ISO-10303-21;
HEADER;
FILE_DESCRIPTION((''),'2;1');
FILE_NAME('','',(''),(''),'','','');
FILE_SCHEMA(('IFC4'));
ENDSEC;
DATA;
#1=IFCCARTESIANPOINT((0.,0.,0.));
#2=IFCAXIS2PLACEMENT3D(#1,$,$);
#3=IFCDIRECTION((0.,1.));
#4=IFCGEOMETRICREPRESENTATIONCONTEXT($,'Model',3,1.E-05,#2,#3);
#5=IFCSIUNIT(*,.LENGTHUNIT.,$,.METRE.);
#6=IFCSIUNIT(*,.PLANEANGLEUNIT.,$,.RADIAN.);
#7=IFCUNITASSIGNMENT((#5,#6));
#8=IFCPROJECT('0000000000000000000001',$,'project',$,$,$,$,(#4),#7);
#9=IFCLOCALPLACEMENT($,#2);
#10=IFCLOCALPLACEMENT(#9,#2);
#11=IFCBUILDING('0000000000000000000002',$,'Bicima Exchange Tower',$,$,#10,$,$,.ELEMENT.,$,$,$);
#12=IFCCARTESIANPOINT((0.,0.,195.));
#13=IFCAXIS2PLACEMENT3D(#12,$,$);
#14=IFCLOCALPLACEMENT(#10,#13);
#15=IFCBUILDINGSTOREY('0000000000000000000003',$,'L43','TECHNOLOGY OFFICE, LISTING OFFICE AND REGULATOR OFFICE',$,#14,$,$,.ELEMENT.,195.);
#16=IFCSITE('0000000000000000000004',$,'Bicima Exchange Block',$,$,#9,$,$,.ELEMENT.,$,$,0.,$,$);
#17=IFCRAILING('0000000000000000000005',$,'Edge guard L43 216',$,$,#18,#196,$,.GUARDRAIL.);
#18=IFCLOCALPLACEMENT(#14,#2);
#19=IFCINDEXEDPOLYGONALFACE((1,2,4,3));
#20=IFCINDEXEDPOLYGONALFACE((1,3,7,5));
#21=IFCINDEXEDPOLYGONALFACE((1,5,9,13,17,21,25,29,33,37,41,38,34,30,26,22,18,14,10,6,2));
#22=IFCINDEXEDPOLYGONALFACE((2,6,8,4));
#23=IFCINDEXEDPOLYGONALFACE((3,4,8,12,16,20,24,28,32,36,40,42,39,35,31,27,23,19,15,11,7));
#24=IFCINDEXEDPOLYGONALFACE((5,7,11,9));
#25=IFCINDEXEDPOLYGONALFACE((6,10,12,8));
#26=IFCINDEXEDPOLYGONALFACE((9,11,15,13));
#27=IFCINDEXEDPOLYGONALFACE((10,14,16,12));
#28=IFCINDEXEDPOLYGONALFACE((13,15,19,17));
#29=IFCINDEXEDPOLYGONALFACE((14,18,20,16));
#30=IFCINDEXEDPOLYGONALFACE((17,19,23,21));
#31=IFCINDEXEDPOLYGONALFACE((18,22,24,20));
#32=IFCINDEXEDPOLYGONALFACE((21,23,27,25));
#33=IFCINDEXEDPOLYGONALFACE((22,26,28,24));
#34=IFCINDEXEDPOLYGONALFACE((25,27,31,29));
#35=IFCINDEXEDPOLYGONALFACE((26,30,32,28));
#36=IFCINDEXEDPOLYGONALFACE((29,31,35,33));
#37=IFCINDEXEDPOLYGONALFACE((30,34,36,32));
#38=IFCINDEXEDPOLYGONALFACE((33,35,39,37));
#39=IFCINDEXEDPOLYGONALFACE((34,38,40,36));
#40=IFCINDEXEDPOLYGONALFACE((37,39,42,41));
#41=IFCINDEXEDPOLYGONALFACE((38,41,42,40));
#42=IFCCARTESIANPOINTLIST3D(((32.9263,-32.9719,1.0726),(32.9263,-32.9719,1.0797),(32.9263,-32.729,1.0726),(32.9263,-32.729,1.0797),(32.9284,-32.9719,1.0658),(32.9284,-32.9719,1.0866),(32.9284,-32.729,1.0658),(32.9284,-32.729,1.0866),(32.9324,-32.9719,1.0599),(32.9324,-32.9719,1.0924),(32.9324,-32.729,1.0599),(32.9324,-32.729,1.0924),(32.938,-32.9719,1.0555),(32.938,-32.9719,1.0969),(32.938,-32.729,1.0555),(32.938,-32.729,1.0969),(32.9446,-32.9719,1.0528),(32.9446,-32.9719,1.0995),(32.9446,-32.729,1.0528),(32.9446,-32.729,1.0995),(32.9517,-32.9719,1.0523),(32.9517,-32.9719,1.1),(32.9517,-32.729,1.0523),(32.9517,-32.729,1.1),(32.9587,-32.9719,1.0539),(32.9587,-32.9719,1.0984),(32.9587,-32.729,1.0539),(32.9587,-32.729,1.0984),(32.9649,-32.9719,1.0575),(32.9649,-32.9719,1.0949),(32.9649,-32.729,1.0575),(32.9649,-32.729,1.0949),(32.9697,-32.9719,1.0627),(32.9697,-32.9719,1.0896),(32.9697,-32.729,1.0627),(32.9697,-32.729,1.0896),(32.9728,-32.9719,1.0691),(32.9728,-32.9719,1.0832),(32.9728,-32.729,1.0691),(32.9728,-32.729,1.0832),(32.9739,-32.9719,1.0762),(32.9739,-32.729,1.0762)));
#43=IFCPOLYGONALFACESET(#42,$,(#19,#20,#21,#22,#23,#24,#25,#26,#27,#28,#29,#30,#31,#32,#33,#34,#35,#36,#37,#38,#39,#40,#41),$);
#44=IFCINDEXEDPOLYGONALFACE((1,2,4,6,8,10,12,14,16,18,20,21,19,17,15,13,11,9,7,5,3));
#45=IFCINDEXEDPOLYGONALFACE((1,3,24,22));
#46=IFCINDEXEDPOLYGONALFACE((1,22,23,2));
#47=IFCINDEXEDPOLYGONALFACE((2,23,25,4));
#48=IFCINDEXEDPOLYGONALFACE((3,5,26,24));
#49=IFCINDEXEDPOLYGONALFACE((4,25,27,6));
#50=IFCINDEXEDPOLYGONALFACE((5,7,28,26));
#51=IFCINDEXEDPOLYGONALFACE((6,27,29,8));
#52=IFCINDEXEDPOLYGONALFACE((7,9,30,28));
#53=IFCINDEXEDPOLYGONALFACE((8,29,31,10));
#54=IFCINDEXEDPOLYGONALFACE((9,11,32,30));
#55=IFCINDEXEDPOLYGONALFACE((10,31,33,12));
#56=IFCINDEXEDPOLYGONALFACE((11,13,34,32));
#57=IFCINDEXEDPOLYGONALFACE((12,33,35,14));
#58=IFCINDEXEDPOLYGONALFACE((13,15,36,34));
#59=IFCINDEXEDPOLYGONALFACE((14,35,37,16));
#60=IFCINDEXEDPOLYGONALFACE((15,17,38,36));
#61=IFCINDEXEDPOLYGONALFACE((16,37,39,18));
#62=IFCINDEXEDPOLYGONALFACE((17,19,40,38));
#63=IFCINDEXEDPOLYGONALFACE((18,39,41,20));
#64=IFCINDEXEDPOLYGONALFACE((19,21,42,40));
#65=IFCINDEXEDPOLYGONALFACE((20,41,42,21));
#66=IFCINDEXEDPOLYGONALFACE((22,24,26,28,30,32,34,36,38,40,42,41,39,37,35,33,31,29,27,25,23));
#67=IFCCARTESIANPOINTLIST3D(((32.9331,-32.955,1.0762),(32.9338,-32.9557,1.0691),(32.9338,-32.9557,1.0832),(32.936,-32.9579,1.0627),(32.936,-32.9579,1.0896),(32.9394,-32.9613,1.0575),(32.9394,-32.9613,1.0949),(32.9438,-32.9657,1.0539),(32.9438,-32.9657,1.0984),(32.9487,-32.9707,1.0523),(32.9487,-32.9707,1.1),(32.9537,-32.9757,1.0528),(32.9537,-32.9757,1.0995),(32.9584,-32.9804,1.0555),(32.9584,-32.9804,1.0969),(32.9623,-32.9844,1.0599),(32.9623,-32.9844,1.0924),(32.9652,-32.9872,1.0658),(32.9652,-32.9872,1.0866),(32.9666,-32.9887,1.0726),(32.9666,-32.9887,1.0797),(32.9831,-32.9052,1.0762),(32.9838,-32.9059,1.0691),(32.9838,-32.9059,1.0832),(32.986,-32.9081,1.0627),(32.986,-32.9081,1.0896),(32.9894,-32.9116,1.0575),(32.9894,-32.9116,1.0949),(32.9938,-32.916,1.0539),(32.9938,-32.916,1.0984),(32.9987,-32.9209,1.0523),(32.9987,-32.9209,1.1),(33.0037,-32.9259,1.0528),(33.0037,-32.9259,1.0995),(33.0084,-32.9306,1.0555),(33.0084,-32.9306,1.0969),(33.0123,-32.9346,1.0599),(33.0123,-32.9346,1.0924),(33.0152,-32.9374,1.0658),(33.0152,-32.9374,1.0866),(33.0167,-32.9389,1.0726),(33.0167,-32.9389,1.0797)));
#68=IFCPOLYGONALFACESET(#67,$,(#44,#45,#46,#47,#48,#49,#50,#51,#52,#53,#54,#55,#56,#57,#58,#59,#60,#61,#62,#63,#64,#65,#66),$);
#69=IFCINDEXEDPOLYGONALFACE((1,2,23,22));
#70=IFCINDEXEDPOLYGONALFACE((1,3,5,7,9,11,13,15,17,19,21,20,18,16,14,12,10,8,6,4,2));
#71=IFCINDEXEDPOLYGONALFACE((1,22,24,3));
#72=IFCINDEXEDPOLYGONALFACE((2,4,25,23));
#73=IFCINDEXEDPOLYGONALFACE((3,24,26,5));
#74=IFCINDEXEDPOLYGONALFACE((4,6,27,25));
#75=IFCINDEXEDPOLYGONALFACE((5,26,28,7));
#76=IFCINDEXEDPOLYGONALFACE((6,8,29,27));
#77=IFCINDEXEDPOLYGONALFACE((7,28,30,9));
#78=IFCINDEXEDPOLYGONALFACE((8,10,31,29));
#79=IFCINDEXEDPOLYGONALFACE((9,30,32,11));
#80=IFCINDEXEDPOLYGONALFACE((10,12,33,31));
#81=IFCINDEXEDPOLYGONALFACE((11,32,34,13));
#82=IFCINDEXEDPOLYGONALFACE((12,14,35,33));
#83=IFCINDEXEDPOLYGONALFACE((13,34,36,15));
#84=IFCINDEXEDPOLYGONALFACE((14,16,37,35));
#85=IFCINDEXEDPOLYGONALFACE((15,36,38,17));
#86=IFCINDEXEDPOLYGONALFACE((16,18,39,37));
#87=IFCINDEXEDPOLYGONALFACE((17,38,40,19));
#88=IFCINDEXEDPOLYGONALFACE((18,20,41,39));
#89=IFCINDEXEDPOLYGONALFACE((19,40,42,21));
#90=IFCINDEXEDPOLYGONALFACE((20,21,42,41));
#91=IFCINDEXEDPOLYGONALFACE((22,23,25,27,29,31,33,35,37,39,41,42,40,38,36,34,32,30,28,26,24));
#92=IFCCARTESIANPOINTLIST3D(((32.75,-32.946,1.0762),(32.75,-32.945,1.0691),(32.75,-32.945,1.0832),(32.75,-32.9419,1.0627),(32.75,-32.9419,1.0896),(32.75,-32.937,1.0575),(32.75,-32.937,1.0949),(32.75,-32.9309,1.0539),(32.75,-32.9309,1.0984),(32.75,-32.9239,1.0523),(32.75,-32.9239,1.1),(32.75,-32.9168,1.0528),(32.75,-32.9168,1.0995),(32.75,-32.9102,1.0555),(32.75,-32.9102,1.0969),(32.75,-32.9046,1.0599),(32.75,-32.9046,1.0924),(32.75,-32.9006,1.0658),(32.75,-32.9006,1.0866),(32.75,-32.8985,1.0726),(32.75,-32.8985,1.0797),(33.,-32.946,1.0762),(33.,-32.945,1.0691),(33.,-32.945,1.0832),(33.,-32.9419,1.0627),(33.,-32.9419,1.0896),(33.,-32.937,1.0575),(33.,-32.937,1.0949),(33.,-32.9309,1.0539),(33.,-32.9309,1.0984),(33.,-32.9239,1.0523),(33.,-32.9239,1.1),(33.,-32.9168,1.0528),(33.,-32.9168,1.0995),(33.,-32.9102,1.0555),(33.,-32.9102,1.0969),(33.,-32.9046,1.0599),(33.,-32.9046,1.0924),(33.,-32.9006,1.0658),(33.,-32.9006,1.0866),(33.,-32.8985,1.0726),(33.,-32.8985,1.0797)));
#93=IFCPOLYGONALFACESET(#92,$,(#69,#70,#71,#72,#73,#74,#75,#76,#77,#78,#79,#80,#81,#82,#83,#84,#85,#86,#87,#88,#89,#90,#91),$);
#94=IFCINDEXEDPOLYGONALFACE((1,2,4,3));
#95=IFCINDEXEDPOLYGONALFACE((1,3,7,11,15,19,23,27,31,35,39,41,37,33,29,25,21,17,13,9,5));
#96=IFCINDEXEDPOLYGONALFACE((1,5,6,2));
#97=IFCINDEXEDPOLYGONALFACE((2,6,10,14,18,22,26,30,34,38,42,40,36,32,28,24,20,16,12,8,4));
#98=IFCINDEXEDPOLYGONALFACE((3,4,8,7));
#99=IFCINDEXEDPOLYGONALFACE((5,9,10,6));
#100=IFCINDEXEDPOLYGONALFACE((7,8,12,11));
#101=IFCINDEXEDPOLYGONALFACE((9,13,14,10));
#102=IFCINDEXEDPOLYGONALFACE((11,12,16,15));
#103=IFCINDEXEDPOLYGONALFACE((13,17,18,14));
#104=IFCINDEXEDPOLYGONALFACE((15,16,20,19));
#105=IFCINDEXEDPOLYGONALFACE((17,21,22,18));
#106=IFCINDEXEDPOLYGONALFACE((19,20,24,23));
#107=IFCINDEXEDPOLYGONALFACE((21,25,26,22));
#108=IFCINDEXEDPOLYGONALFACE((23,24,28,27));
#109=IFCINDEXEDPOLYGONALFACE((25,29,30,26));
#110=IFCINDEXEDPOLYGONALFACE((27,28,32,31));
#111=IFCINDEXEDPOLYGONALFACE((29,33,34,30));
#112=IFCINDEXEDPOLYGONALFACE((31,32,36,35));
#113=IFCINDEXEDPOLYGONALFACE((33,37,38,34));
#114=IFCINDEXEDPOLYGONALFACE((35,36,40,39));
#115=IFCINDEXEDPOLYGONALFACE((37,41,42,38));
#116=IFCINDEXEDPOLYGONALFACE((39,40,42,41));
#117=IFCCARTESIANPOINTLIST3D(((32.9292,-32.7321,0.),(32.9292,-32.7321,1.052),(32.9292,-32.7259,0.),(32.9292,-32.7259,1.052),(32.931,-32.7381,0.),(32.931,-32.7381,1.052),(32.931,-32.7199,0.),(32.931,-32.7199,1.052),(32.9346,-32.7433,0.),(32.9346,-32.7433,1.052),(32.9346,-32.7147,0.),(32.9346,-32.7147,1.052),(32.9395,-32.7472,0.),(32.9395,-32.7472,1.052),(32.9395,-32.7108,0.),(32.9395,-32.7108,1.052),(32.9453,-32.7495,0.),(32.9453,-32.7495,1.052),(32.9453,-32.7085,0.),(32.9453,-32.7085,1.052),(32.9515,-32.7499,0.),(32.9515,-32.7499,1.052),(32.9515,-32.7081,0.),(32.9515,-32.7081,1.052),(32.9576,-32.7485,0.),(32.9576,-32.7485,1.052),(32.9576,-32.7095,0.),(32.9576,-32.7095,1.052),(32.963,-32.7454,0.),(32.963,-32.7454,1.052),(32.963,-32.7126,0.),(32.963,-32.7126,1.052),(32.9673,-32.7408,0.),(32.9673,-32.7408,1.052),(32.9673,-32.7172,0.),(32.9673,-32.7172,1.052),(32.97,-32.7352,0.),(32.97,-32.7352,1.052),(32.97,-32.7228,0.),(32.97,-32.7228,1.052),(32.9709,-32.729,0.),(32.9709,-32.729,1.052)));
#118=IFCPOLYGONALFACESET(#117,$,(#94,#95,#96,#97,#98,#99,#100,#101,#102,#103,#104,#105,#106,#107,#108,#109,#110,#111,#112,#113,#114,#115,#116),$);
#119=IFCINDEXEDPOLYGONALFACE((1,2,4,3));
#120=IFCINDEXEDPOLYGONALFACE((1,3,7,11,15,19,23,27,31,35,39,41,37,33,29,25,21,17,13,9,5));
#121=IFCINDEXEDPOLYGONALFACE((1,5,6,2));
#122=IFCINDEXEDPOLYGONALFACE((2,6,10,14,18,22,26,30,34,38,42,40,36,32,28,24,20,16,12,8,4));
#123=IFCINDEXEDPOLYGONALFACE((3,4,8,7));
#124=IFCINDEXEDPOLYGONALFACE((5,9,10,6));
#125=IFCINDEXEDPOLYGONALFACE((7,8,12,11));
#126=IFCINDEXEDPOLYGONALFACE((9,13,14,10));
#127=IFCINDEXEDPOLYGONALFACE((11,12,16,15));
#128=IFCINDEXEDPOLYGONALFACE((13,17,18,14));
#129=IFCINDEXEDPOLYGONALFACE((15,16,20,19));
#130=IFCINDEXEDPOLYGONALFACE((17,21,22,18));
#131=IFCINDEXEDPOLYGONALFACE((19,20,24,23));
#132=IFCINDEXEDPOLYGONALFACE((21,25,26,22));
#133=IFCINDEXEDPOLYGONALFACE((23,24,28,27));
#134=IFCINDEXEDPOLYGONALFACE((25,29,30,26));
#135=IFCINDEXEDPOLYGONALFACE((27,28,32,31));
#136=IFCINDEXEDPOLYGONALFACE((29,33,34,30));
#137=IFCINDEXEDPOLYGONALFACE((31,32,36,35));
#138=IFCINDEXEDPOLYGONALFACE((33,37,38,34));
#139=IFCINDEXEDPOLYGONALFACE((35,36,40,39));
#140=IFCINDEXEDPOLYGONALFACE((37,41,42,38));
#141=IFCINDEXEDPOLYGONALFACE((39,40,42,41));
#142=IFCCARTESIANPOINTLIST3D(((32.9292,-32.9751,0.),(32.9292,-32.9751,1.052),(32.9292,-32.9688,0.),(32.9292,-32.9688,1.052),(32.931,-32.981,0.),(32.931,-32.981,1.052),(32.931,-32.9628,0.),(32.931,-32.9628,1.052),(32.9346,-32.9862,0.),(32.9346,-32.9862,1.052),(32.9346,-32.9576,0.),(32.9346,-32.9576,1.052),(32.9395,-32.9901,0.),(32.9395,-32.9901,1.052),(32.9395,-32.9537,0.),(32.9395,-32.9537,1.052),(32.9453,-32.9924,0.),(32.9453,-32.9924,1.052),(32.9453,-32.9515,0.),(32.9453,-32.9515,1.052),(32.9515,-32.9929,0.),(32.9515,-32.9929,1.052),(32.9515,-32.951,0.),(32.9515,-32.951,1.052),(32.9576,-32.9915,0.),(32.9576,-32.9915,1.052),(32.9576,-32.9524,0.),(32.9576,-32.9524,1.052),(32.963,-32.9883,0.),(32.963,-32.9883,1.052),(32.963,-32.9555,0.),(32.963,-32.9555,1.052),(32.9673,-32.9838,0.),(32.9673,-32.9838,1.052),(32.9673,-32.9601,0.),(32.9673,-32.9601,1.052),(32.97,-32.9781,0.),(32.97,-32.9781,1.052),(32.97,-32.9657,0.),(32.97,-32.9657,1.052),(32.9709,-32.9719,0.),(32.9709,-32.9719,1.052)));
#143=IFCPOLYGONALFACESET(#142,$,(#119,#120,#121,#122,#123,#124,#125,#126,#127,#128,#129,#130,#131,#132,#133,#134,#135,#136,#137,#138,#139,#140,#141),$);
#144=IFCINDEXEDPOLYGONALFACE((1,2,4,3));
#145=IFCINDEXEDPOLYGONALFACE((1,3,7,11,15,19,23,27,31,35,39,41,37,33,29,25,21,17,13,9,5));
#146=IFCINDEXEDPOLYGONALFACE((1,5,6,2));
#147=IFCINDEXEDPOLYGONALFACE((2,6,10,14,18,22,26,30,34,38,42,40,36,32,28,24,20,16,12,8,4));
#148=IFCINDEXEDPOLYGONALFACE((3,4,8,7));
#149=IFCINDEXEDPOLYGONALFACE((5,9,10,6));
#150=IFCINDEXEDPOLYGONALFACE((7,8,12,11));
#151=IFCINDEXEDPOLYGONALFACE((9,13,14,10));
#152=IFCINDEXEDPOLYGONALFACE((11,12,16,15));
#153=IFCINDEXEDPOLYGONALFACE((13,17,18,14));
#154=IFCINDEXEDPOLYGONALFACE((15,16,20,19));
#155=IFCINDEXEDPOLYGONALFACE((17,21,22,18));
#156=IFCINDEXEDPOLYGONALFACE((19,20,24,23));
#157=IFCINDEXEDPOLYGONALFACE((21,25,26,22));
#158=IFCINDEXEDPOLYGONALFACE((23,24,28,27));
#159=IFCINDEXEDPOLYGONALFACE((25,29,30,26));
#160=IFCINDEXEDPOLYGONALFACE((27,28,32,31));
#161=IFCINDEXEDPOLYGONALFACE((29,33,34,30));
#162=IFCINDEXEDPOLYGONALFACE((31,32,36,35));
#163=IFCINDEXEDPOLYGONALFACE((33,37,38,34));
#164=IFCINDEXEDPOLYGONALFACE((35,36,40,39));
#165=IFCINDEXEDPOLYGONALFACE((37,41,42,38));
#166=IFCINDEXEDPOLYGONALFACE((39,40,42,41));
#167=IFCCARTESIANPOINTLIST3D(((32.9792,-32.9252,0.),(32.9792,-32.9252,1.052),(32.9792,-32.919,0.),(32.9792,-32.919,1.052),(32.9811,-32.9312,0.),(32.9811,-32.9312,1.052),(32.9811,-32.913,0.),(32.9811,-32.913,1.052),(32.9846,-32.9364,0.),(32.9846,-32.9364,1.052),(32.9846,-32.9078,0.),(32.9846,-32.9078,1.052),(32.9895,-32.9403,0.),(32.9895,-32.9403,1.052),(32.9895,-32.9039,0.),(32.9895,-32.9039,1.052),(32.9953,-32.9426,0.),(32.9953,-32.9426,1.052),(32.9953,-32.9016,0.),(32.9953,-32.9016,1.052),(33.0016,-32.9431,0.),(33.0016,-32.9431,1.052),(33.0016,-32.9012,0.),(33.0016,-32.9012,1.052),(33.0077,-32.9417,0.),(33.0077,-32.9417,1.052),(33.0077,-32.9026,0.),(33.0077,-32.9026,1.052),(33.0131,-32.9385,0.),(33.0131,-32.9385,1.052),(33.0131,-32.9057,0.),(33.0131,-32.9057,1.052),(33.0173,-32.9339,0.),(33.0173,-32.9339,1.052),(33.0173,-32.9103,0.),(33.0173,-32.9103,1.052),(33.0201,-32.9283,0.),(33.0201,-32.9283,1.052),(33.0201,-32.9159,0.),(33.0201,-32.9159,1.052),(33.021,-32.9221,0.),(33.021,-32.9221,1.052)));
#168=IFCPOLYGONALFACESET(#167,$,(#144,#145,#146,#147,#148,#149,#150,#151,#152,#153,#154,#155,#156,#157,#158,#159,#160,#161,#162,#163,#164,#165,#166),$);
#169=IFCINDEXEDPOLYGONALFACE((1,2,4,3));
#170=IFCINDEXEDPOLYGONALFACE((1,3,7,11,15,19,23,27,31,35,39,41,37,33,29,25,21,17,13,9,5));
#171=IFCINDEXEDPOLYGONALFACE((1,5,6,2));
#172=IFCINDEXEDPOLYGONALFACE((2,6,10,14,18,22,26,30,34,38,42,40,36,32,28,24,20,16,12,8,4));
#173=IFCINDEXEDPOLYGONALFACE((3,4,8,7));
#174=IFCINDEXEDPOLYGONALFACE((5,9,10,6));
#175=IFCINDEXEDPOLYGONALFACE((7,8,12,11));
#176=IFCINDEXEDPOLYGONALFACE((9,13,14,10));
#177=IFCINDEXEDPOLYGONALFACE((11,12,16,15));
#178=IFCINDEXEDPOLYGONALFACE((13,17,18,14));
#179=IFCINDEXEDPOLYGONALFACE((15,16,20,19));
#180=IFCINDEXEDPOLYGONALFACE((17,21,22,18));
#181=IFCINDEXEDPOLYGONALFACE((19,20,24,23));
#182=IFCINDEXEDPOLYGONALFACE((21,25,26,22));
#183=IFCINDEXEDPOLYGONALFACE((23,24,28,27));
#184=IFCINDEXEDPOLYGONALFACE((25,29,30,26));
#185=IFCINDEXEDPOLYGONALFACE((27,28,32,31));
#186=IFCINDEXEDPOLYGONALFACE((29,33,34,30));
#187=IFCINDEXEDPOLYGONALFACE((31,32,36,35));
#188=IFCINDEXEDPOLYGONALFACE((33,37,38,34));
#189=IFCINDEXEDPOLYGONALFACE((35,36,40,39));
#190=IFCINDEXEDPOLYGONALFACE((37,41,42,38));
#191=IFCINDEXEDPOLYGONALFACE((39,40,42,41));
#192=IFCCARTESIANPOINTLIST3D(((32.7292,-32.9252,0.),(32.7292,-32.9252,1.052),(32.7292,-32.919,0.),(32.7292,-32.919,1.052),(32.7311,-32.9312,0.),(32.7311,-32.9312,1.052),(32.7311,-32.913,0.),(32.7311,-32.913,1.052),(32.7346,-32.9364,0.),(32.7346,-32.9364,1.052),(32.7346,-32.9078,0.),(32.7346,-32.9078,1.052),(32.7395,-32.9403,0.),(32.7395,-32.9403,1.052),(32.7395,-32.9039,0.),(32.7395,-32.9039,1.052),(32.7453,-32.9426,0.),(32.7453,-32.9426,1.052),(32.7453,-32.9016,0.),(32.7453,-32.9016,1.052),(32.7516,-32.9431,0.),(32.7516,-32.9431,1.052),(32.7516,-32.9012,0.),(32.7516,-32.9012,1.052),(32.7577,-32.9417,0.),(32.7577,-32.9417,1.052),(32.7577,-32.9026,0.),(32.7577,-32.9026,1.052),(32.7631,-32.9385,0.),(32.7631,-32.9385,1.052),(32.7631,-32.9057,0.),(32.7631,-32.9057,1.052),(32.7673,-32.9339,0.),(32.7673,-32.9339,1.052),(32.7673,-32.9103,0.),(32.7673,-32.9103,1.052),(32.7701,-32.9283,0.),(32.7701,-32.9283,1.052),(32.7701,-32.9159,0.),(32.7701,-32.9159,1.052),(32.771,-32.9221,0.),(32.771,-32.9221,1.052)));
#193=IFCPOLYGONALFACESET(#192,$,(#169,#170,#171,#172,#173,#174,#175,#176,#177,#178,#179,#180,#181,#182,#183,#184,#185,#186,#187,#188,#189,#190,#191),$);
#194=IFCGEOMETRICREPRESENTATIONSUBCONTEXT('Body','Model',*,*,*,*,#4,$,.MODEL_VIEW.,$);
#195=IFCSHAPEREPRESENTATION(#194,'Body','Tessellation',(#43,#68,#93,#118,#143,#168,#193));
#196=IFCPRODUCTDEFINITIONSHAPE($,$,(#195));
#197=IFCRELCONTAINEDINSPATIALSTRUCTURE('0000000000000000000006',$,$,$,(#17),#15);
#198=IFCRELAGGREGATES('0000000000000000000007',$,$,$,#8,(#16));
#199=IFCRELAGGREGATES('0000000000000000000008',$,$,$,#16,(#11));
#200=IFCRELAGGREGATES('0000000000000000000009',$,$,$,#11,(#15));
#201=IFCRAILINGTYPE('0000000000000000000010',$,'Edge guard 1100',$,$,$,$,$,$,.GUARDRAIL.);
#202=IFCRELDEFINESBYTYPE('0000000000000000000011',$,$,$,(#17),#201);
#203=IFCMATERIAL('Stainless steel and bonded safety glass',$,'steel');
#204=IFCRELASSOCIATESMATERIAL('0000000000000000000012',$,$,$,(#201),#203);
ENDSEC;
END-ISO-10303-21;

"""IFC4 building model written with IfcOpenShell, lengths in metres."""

from ifc_helpers import new_model, si_unit, direction, frame, origin, origin_2d, place, context, subcontext, project, spatial, circle, extrude, material, type_object, element, save


model = new_model("IFC4")

# Units and contexts
model_context = context("Model", 3, precision=1e-05, world=origin(), true_north=direction((0.0, 1.0)))
body_context = subcontext(model_context, "Body", "Model", "MODEL_VIEW")
ifc_project = project(units=[si_unit("LENGTHUNIT", "METRE"), si_unit("PLANEANGLEUNIT", "RADIAN")], contexts=[model_context])

# Site, building, storey
site_placement = place(None, origin())
site = spatial("IfcSite", under=ifc_project, at=site_placement, Name="Bicima Exchange Block", CompositionType="ELEMENT", RefElevation=0.0)
building_placement = place(site_placement, origin())
building = spatial("IfcBuilding", under=site, at=building_placement, Name="Bicima Exchange Tower", CompositionType="ELEMENT")
storey_placement = place(building_placement, frame((0.0, 0.0, 195.0)))
storey = spatial("IfcBuildingStorey", under=building, at=storey_placement, Name="L43", Description="TECHNOLOGY OFFICE, LISTING OFFICE AND REGULATOR OFFICE", CompositionType="ELEMENT", Elevation=195.0)

# Railing
ifc_material_1 = material(Name="Stainless steel and bonded safety glass", Category="steel")
railing_type = type_object("IfcRailingType", Name="Edge guard 1100", PredefinedType="GUARDRAIL", material=ifc_material_1)
railing_1_placement = place(storey_placement, frame((32.95, -32.729, 0.0)))
element("IfcRailing", 1, at=railing_1_placement, inside=storey, type_object=railing_type, Name="Edge guard L43 216", PredefinedType="GUARDRAIL", context=body_context, shape_type="SweptSolid", body=[
    extrude(circle(Radius=0.0239, at=origin_2d()), frame((0.0, 0.0, 1.0762), z_axis=(0.0, -1.0, 0.0), x_axis=(1.0, 0.0, 0.0)), (0.0, 0.0, 1.0), 0.2429),
    extrude(circle(Radius=0.0239, at=origin_2d()), frame((0.0, -0.2429, 1.0762), z_axis=(0.708834, 0.705376, 0.0), x_axis=(-0.705376, 0.708834, 0.0)), (0.0, 0.0, 1.0), 0.0706),
    extrude(circle(Radius=0.0239, at=origin_2d()), frame((0.05, -0.1931, 1.0762), z_axis=(-1.0, 0.0, 0.0), x_axis=(0.0, -1.0, 0.0)), (0.0, 0.0, 1.0), 0.25),
    extrude(circle(Radius=0.021, at=origin_2d()), origin(), (0.0, 0.0, 1.0), 1.052),
    extrude(circle(Radius=0.021, at=origin_2d()), frame((0.0, -0.2429, 0.0)), (0.0, 0.0, 1.0), 1.052),
    extrude(circle(Radius=0.021, at=origin_2d()), frame((0.05, -0.1931, 0.0)), (0.0, 0.0, 1.0), 1.052),
    extrude(circle(Radius=0.021, at=origin_2d()), frame((-0.2, -0.1931, 0.0)), (0.0, 0.0, 1.0), 1.052),
])

save(model, "model.ifc")
